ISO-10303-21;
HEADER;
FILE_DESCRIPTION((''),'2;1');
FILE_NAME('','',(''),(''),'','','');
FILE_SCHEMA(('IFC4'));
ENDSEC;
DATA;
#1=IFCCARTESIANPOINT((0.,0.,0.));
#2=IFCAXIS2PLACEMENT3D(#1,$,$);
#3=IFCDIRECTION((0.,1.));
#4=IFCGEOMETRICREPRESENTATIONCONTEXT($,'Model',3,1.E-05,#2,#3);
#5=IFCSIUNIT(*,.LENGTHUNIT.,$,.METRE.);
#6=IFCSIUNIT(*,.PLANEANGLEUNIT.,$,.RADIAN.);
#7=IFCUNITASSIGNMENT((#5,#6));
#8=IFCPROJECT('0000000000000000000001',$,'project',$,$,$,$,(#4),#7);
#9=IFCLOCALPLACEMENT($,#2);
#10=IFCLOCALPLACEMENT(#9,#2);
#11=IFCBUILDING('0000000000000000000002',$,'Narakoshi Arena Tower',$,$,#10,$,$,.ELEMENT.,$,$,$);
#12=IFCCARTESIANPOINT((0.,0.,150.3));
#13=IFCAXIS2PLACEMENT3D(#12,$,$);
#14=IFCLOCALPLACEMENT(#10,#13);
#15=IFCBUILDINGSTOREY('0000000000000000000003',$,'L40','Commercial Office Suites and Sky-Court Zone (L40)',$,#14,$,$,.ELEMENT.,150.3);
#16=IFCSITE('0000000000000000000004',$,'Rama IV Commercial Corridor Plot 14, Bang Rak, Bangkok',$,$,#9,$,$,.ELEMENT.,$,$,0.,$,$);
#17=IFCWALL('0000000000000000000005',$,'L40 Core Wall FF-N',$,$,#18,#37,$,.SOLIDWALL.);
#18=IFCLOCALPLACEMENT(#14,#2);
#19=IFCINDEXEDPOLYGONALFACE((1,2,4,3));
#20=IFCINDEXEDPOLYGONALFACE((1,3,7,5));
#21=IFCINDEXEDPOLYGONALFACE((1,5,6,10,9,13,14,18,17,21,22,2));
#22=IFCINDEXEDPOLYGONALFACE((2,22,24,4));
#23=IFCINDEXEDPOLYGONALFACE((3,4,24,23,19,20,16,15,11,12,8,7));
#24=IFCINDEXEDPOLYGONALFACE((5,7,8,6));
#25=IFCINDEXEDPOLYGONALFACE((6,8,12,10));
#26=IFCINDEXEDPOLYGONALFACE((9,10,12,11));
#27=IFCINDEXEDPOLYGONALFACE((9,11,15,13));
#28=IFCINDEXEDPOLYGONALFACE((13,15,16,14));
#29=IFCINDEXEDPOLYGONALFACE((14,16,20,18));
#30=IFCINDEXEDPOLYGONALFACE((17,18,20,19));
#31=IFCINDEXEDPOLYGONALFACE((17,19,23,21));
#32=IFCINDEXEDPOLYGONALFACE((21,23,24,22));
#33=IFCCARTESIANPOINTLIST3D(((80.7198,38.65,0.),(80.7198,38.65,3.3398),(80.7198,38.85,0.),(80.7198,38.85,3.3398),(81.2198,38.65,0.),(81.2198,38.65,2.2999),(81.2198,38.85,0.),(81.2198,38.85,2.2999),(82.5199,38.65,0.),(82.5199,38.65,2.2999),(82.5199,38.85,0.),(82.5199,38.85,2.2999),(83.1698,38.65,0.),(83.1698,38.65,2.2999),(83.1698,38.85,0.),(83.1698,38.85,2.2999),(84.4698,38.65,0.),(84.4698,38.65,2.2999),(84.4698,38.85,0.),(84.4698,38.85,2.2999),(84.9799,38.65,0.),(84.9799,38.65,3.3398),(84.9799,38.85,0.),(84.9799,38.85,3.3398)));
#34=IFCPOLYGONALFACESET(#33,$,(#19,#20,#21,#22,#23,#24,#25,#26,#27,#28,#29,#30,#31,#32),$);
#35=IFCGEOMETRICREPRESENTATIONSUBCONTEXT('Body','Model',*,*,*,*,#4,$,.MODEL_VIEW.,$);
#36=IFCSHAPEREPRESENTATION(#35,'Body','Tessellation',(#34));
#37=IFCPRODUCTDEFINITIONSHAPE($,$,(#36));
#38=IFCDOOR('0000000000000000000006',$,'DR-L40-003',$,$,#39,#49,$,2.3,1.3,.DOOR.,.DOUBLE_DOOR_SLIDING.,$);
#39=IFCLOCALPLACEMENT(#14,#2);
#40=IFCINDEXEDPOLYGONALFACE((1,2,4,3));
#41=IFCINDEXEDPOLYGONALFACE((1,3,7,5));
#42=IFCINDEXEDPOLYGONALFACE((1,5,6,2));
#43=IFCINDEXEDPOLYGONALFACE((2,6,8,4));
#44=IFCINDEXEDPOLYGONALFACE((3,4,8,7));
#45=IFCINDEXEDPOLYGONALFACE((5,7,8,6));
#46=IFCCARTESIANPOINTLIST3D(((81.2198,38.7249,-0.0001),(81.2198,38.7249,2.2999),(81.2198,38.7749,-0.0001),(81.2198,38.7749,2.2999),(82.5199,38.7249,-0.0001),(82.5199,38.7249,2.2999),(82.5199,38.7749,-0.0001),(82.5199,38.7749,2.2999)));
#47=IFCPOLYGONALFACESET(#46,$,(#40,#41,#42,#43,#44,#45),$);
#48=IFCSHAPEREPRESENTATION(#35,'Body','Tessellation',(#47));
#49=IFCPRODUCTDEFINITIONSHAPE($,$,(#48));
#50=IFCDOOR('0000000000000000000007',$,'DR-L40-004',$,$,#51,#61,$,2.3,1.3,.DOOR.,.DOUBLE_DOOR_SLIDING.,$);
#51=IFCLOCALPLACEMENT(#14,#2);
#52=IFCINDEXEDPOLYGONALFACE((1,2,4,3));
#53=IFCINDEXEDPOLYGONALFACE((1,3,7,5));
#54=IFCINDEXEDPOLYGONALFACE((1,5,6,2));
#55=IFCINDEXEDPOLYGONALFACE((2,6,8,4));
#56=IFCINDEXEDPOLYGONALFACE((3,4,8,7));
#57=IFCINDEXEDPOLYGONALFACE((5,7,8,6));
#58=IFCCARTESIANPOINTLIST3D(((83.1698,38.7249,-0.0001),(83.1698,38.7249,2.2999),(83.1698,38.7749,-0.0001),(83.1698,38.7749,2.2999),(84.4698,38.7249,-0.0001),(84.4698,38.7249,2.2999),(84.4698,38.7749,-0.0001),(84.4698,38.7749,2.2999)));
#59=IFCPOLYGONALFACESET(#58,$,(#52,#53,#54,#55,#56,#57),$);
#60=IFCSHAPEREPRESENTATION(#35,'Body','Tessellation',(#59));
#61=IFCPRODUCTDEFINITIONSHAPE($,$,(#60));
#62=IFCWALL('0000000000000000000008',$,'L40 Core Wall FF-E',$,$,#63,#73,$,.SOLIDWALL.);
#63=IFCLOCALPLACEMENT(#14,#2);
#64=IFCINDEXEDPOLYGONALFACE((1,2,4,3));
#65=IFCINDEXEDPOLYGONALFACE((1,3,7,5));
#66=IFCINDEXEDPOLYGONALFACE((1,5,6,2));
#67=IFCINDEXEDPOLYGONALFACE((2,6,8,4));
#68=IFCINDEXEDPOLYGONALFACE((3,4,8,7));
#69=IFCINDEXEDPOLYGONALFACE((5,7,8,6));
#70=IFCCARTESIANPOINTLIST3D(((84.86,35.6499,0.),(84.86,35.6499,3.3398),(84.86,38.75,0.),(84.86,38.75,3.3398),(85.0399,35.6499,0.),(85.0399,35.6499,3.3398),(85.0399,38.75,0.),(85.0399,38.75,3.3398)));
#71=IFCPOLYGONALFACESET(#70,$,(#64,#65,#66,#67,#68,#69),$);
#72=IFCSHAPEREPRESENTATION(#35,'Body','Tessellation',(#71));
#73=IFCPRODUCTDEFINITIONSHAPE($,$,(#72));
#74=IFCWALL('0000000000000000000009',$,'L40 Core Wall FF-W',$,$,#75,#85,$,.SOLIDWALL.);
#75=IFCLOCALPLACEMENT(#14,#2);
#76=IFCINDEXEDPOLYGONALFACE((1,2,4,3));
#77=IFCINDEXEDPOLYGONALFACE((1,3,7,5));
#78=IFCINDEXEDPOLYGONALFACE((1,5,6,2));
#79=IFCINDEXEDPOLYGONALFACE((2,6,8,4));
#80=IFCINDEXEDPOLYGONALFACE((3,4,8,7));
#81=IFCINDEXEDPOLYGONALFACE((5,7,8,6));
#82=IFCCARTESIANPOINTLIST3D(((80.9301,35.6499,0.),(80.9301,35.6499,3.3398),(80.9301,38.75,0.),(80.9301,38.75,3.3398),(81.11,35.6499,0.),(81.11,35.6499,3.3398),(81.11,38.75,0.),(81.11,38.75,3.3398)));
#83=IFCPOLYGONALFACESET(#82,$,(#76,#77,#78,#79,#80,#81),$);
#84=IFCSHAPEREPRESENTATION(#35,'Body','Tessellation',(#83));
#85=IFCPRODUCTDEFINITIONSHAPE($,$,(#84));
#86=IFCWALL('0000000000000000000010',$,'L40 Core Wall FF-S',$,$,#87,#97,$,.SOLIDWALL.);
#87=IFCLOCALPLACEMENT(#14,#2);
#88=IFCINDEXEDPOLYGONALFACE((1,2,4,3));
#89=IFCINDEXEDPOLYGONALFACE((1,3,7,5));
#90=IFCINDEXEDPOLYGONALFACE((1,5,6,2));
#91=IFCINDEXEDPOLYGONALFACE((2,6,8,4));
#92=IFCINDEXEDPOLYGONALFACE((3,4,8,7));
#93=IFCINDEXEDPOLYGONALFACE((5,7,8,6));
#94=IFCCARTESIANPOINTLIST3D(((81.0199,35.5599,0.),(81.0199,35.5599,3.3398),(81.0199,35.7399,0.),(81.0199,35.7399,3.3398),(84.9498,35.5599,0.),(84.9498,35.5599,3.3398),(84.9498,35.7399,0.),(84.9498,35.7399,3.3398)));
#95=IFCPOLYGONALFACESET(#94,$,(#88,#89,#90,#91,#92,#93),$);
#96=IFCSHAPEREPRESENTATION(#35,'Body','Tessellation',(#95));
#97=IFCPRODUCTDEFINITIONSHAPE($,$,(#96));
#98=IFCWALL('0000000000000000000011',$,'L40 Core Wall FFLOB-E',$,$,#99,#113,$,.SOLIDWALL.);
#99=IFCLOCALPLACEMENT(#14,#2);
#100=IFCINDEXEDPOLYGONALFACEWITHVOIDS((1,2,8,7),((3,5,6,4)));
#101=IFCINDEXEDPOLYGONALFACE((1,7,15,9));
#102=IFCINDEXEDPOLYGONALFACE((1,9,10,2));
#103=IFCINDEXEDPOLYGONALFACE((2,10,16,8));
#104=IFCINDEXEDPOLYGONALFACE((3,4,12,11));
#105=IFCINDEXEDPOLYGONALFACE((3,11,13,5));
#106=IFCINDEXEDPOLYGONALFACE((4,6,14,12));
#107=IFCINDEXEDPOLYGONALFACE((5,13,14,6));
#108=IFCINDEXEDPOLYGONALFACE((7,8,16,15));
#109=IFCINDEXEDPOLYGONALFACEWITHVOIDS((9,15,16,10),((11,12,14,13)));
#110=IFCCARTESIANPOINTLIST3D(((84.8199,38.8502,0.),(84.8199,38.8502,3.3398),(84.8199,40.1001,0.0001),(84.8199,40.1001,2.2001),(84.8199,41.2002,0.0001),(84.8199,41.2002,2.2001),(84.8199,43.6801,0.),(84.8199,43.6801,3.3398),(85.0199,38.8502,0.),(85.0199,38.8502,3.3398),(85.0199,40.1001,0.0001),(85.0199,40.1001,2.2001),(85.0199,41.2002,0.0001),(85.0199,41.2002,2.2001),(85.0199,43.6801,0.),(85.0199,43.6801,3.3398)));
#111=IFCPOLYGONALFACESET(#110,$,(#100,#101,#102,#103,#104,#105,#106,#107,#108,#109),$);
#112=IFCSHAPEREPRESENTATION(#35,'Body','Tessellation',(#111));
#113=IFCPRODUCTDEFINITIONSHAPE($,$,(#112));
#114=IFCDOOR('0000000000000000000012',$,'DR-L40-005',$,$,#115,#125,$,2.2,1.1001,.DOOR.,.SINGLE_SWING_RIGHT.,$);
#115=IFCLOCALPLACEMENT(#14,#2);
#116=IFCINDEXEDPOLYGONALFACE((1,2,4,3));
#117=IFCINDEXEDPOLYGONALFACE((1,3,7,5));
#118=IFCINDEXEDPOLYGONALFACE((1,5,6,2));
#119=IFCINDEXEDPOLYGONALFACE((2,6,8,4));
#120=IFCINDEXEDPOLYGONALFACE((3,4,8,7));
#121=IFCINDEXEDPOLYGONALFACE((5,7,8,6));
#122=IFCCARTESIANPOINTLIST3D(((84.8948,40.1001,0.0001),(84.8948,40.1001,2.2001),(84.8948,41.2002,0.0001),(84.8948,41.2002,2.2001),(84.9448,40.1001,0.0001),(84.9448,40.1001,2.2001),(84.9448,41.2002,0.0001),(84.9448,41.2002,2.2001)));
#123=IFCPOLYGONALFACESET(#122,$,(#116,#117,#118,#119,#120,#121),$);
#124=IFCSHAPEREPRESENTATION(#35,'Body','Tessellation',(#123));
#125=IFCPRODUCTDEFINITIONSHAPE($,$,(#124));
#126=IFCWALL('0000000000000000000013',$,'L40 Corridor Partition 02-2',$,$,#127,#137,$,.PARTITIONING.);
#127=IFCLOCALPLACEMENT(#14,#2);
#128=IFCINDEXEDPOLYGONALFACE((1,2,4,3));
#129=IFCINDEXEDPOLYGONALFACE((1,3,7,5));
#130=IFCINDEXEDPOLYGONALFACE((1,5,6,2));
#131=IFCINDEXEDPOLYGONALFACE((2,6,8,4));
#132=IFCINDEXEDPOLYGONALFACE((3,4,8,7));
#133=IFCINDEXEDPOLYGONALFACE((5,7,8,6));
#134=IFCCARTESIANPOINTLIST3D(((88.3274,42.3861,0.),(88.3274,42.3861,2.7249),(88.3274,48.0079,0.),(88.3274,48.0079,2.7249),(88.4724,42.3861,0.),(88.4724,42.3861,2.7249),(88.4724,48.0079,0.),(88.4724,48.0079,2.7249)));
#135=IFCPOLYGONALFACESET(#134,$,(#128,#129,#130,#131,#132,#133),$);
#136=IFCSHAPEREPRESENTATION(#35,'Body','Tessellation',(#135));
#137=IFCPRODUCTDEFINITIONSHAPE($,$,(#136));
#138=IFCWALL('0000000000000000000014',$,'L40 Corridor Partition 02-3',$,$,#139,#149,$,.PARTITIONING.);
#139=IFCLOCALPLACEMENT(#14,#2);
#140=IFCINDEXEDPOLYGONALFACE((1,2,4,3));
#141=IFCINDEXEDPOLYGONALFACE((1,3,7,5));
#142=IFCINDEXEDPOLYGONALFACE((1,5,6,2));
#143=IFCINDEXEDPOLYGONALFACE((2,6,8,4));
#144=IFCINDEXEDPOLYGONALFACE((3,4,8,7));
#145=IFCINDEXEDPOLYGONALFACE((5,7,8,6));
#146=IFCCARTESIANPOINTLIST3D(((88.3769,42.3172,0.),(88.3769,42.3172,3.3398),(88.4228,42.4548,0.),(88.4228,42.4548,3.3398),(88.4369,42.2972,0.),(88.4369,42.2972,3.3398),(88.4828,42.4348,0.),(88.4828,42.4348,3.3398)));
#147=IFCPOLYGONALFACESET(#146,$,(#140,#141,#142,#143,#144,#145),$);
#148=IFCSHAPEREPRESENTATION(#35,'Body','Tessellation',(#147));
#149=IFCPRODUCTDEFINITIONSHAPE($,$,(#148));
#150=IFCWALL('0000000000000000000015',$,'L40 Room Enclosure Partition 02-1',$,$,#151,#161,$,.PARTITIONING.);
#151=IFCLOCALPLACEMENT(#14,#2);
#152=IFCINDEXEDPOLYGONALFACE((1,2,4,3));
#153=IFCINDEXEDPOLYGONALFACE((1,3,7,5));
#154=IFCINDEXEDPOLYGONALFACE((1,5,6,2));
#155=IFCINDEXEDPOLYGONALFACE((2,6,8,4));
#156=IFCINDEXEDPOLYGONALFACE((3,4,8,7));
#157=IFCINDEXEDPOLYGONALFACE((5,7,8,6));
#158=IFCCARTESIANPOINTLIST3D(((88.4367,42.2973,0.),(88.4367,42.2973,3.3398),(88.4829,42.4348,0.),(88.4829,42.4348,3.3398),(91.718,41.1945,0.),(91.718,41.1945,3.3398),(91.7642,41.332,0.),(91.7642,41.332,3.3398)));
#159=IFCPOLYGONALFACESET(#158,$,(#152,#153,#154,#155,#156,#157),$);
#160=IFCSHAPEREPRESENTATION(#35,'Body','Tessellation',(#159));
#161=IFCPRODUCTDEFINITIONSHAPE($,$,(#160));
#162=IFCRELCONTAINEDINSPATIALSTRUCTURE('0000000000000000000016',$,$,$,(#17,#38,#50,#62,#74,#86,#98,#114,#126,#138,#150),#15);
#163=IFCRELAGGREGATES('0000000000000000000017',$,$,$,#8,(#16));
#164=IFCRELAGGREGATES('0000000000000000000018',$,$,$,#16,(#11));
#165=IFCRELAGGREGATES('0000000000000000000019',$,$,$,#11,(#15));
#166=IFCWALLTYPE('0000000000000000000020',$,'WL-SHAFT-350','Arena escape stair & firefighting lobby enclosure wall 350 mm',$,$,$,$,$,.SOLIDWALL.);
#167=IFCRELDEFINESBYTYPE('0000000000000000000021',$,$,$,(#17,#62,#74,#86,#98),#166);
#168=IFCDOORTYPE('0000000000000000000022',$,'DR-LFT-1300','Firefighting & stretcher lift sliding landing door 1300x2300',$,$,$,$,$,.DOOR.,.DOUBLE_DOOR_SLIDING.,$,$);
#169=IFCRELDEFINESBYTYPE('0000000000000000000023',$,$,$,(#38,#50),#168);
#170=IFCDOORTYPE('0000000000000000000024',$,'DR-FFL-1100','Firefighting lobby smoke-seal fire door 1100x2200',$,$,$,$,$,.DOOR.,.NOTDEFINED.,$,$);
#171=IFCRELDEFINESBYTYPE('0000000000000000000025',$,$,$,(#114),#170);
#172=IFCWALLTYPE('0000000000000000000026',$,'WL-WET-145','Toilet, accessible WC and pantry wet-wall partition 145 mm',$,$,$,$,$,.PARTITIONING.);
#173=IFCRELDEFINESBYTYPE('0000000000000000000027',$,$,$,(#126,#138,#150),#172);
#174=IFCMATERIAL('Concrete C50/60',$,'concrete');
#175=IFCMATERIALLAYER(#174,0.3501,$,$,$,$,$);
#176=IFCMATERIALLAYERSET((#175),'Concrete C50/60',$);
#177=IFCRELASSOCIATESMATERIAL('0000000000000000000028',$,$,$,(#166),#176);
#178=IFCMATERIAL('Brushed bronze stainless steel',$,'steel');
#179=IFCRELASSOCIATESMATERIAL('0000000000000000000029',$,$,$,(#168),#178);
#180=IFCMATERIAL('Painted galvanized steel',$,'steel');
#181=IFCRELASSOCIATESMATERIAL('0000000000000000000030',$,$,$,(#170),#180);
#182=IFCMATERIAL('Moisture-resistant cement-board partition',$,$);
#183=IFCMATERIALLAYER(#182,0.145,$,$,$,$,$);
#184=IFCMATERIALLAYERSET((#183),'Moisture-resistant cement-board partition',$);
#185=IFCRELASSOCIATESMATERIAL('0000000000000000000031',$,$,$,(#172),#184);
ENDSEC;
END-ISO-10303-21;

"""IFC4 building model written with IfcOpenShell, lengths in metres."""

from ifc_helpers import new_model, si_unit, direction, frame, frame_2d, origin, place, context, subcontext, project, spatial, rectangle, extrude, material, layer, layer_set, type_object, element, fill, save


model = new_model("IFC4")

# Units and contexts
model_context = context("Model", 3, precision=1e-05, world=origin(), true_north=direction((0.0, 1.0)))
body_context = subcontext(model_context, "Body", "Model", "MODEL_VIEW")
ifc_project = project(units=[si_unit("LENGTHUNIT", "METRE"), si_unit("PLANEANGLEUNIT", "RADIAN")], contexts=[model_context])

# Site, building, storey
site_placement = place(None, origin())
site = spatial("IfcSite", under=ifc_project, at=site_placement, Name="Rama IV Commercial Corridor Plot 14, Bang Rak, Bangkok", CompositionType="ELEMENT", RefElevation=0.0)
building_placement = place(site_placement, origin())
building = spatial("IfcBuilding", under=site, at=building_placement, Name="Narakoshi Arena Tower", CompositionType="ELEMENT")
storey_placement = place(building_placement, frame((0.0, 0.0, 150.3)))
storey = spatial("IfcBuildingStorey", under=building, at=storey_placement, Name="L40", Description="Commercial Office Suites and Sky-Court Zone (L40)", CompositionType="ELEMENT", Elevation=150.3)

# Shared definitions
ifc_material_1 = material(Name="Concrete C50/60", Category="concrete")
ifc_layer_1 = layer(ifc_material_1, 0.3501)
ifc_layer_set_1 = layer_set([ifc_layer_1], Name="Concrete C50/60")
wall_type_1 = type_object("IfcWallType", Name="WL-SHAFT-350", Description="Arena escape stair & firefighting lobby enclosure wall 350 mm", PredefinedType="SOLIDWALL", material=ifc_layer_set_1)

# Shared definitions
ifc_material_2 = material(Name="Painted galvanized steel", Category="steel")

# Wall, openings, doors
wall_1_placement = place(storey_placement, frame((80.72, 38.75, 0.0), z_axis=(0.0, 0.0, 1.0), x_axis=(1.0, 0.0, 0.0)))
wall_1 = element("IfcWall", 1, at=wall_1_placement, inside=storey, type_object=wall_type_1, Name="L40 Core Wall FF-N", PredefinedType="SOLIDWALL", context=body_context, shape_type="SweptSolid", body=[
    extrude(rectangle(XDim=4.26, YDim=0.2, at=frame_2d((2.1299, 0.0))), origin(), (0.0, 0.0, 1.0), 3.3398),
])
opening_1_placement = place(wall_1_placement, frame((0.5, 0.0, 0.0)))
opening_1 = element("IfcOpeningElement", 2, at=opening_1_placement, cuts=wall_1, PredefinedType="OPENING", context=body_context, shape_type="SweptSolid", body=[
    extrude(rectangle(XDim=1.3, YDim=2.3, at=frame_2d((0.6499, 1.1499))), frame((0.0, 0.1099, 0.0), z_axis=(0.0, -1.0, 0.0), x_axis=(1.0, 0.0, 0.0)), (0.0, 0.0, 1.0), 0.22),
])
opening_2_placement = place(wall_1_placement, frame((2.45, 0.0, 0.0)))
opening_2 = element("IfcOpeningElement", 3, at=opening_2_placement, cuts=wall_1, PredefinedType="OPENING", context=body_context, shape_type="SweptSolid", body=[
    extrude(rectangle(XDim=1.3, YDim=2.3, at=frame_2d((0.6499, 1.1499))), frame((0.0, 0.1099, 0.0), z_axis=(0.0, -1.0, 0.0), x_axis=(1.0, 0.0, 0.0)), (0.0, 0.0, 1.0), 0.22),
])
ifc_material_3 = material(Name="Brushed bronze stainless steel", Category="steel")
door_type_1 = type_object("IfcDoorType", Name="DR-LFT-1300", Description="Firefighting & stretcher lift sliding landing door 1300x2300", OperationType="DOUBLE_DOOR_SLIDING", PredefinedType="DOOR", material=ifc_material_3)
door_1_placement = place(opening_1_placement, origin())
door_1 = element("IfcDoor", 4, at=door_1_placement, inside=storey, type_object=door_type_1, Name="DR-L40-003", OperationType="DOUBLE_DOOR_SLIDING", OverallHeight=2.3, OverallWidth=1.3, PredefinedType="DOOR", context=body_context, shape_type="SweptSolid", body=[
    extrude(rectangle(XDim=1.3, YDim=2.3, at=frame_2d((0.6499, 1.1499))), frame((0.0, 0.0249, 0.0), z_axis=(0.0, -1.0, 0.0), x_axis=(1.0, 0.0, 0.0)), (0.0, 0.0, 1.0), 0.05),
])
fill(opening_1, door_1)
door_2_placement = place(opening_2_placement, origin())
door_2 = element("IfcDoor", 5, at=door_2_placement, inside=storey, type_object=door_type_1, Name="DR-L40-004", OperationType="DOUBLE_DOOR_SLIDING", OverallHeight=2.3, OverallWidth=1.3, PredefinedType="DOOR", context=body_context, shape_type="SweptSolid", body=[
    extrude(rectangle(XDim=1.3, YDim=2.3, at=frame_2d((0.6499, 1.1499))), frame((0.0, 0.0249, 0.0), z_axis=(0.0, -1.0, 0.0), x_axis=(1.0, 0.0, 0.0)), (0.0, 0.0, 1.0), 0.05),
])
fill(opening_2, door_2)

# Walls
for number, where, z_axis, x_axis, name in (
    (6, (84.95, 35.6499, 0.0), (0.0, 0.0, 1.0), (0.0, 1.0, 0.0), "L40 Core Wall FF-E"),
    (7, (81.02, 35.6499, 0.0), (0.0, 0.0, 1.0), (0.0, 1.0, 0.0), "L40 Core Wall FF-W"),
):
    element("IfcWall", number, at=place(storey_placement, frame(where, z_axis=z_axis, x_axis=x_axis)), inside=storey, type_object=wall_type_1, Name=name, PredefinedType="SOLIDWALL", context=body_context, shape_type="SweptSolid", body=[
        extrude(rectangle(XDim=3.1001, YDim=0.1799, at=frame_2d((1.55, 0.0))), origin(), (0.0, 0.0, 1.0), 3.3398),
    ])
wall_2_placement = place(storey_placement, frame((81.02, 35.6499, 0.0), z_axis=(0.0, 0.0, 1.0), x_axis=(1.0, 0.0, 0.0)))
element("IfcWall", 8, at=wall_2_placement, inside=storey, type_object=wall_type_1, Name="L40 Core Wall FF-S", PredefinedType="SOLIDWALL", context=body_context, shape_type="SweptSolid", body=[
    extrude(rectangle(XDim=3.9299, YDim=0.1799, at=frame_2d((1.9648, 0.0))), origin(), (0.0, 0.0, 1.0), 3.3398),
])

# Wall, opening, door
wall_3_placement = place(storey_placement, frame((84.9199, 38.8501, 0.0), z_axis=(0.0, 0.0, 1.0), x_axis=(0.0, 1.0, 0.0)))
wall_3 = element("IfcWall", 9, at=wall_3_placement, inside=storey, type_object=wall_type_1, Name="L40 Core Wall FFLOB-E", PredefinedType="SOLIDWALL", context=body_context, shape_type="SweptSolid", body=[
    extrude(rectangle(XDim=4.8298, YDim=0.2, at=frame_2d((2.415, 0.0))), origin(), (0.0, 0.0, 1.0), 3.3398),
])
opening_3_placement = place(wall_3_placement, frame((1.25, 0.0, 0.0)))
opening_3 = element("IfcOpeningElement", 10, at=opening_3_placement, cuts=wall_3, PredefinedType="OPENING", context=body_context, shape_type="SweptSolid", body=[
    extrude(rectangle(XDim=1.1001, YDim=2.2, at=frame_2d((0.55, 1.1001))), frame((0.0, 0.1099, 0.0), z_axis=(0.0, -1.0, 0.0), x_axis=(1.0, 0.0, 0.0)), (0.0, 0.0, 1.0), 0.22),
])
door_type_2 = type_object("IfcDoorType", Name="DR-FFL-1100", Description="Firefighting lobby smoke-seal fire door 1100x2200", OperationType="NOTDEFINED", PredefinedType="DOOR", material=ifc_material_2)
door_3_placement = place(opening_3_placement, frame((1.1001, 0.0, 0.0), z_axis=(0.0, 0.0, 1.0), x_axis=(-1.0, 0.0, 0.0)))
door_3 = element("IfcDoor", 11, at=door_3_placement, inside=storey, type_object=door_type_2, Name="DR-L40-005", OperationType="SINGLE_SWING_RIGHT", OverallHeight=2.2, OverallWidth=1.1001, PredefinedType="DOOR", context=body_context, shape_type="SweptSolid", body=[
    extrude(rectangle(XDim=1.1001, YDim=2.2, at=frame_2d((0.55, 1.1001))), frame((0.0, 0.0249, 0.0), z_axis=(0.0, -1.0, 0.0), x_axis=(1.0, 0.0, 0.0)), (0.0, 0.0, 1.0), 0.05),
])
fill(opening_3, door_3)

# Walls
ifc_material_4 = material(Name="Moisture-resistant cement-board partition")
ifc_layer_2 = layer(ifc_material_4, 0.145)
ifc_layer_set_2 = layer_set([ifc_layer_2], Name="Moisture-resistant cement-board partition")
wall_type_2 = type_object("IfcWallType", Name="WL-WET-145", Description="Toilet, accessible WC and pantry wet-wall partition 145 mm", PredefinedType="PARTITIONING", material=ifc_layer_set_2)
wall_4_placement = place(storey_placement, frame((88.3999, 42.386, 0.0), z_axis=(0.0, 0.0, 1.0), x_axis=(0.0, 1.0, 0.0)))
element("IfcWall", 12, at=wall_4_placement, inside=storey, type_object=wall_type_2, Name="L40 Corridor Partition 02-2", PredefinedType="PARTITIONING", context=body_context, shape_type="SweptSolid", body=[
    extrude(rectangle(XDim=5.6218, YDim=0.145, at=frame_2d((2.811, 0.0))), origin(), (0.0, 0.0, 1.0), 2.7249),
])
wall_5_placement = place(storey_placement, frame((88.46, 42.366, 0.0), z_axis=(0.0, 0.0, 1.0), x_axis=(-0.948683, 0.316228, 0.0)))
element("IfcWall", 13, at=wall_5_placement, inside=storey, type_object=wall_type_2, Name="L40 Corridor Partition 02-3", PredefinedType="PARTITIONING", context=body_context, shape_type="SweptSolid", body=[
    extrude(rectangle(XDim=0.0632, YDim=0.145, at=frame_2d((0.0317, 0.0))), origin(), (0.0, 0.0, 1.0), 3.3398),
])
wall_6_placement = place(storey_placement, frame((91.7412, 41.2632, 0.0), z_axis=(0.0, 0.0, 1.0), x_axis=(-0.947898, 0.318575, 0.0)))
element("IfcWall", 14, at=wall_6_placement, inside=storey, type_object=wall_type_2, Name="L40 Room Enclosure Partition 02-1", PredefinedType="PARTITIONING", context=body_context, shape_type="SweptSolid", body=[
    extrude(rectangle(XDim=3.4617, YDim=0.145, at=frame_2d((1.731, 0.0))), origin(), (0.0, 0.0, 1.0), 3.3398),
])

save(model, "model.ifc")
